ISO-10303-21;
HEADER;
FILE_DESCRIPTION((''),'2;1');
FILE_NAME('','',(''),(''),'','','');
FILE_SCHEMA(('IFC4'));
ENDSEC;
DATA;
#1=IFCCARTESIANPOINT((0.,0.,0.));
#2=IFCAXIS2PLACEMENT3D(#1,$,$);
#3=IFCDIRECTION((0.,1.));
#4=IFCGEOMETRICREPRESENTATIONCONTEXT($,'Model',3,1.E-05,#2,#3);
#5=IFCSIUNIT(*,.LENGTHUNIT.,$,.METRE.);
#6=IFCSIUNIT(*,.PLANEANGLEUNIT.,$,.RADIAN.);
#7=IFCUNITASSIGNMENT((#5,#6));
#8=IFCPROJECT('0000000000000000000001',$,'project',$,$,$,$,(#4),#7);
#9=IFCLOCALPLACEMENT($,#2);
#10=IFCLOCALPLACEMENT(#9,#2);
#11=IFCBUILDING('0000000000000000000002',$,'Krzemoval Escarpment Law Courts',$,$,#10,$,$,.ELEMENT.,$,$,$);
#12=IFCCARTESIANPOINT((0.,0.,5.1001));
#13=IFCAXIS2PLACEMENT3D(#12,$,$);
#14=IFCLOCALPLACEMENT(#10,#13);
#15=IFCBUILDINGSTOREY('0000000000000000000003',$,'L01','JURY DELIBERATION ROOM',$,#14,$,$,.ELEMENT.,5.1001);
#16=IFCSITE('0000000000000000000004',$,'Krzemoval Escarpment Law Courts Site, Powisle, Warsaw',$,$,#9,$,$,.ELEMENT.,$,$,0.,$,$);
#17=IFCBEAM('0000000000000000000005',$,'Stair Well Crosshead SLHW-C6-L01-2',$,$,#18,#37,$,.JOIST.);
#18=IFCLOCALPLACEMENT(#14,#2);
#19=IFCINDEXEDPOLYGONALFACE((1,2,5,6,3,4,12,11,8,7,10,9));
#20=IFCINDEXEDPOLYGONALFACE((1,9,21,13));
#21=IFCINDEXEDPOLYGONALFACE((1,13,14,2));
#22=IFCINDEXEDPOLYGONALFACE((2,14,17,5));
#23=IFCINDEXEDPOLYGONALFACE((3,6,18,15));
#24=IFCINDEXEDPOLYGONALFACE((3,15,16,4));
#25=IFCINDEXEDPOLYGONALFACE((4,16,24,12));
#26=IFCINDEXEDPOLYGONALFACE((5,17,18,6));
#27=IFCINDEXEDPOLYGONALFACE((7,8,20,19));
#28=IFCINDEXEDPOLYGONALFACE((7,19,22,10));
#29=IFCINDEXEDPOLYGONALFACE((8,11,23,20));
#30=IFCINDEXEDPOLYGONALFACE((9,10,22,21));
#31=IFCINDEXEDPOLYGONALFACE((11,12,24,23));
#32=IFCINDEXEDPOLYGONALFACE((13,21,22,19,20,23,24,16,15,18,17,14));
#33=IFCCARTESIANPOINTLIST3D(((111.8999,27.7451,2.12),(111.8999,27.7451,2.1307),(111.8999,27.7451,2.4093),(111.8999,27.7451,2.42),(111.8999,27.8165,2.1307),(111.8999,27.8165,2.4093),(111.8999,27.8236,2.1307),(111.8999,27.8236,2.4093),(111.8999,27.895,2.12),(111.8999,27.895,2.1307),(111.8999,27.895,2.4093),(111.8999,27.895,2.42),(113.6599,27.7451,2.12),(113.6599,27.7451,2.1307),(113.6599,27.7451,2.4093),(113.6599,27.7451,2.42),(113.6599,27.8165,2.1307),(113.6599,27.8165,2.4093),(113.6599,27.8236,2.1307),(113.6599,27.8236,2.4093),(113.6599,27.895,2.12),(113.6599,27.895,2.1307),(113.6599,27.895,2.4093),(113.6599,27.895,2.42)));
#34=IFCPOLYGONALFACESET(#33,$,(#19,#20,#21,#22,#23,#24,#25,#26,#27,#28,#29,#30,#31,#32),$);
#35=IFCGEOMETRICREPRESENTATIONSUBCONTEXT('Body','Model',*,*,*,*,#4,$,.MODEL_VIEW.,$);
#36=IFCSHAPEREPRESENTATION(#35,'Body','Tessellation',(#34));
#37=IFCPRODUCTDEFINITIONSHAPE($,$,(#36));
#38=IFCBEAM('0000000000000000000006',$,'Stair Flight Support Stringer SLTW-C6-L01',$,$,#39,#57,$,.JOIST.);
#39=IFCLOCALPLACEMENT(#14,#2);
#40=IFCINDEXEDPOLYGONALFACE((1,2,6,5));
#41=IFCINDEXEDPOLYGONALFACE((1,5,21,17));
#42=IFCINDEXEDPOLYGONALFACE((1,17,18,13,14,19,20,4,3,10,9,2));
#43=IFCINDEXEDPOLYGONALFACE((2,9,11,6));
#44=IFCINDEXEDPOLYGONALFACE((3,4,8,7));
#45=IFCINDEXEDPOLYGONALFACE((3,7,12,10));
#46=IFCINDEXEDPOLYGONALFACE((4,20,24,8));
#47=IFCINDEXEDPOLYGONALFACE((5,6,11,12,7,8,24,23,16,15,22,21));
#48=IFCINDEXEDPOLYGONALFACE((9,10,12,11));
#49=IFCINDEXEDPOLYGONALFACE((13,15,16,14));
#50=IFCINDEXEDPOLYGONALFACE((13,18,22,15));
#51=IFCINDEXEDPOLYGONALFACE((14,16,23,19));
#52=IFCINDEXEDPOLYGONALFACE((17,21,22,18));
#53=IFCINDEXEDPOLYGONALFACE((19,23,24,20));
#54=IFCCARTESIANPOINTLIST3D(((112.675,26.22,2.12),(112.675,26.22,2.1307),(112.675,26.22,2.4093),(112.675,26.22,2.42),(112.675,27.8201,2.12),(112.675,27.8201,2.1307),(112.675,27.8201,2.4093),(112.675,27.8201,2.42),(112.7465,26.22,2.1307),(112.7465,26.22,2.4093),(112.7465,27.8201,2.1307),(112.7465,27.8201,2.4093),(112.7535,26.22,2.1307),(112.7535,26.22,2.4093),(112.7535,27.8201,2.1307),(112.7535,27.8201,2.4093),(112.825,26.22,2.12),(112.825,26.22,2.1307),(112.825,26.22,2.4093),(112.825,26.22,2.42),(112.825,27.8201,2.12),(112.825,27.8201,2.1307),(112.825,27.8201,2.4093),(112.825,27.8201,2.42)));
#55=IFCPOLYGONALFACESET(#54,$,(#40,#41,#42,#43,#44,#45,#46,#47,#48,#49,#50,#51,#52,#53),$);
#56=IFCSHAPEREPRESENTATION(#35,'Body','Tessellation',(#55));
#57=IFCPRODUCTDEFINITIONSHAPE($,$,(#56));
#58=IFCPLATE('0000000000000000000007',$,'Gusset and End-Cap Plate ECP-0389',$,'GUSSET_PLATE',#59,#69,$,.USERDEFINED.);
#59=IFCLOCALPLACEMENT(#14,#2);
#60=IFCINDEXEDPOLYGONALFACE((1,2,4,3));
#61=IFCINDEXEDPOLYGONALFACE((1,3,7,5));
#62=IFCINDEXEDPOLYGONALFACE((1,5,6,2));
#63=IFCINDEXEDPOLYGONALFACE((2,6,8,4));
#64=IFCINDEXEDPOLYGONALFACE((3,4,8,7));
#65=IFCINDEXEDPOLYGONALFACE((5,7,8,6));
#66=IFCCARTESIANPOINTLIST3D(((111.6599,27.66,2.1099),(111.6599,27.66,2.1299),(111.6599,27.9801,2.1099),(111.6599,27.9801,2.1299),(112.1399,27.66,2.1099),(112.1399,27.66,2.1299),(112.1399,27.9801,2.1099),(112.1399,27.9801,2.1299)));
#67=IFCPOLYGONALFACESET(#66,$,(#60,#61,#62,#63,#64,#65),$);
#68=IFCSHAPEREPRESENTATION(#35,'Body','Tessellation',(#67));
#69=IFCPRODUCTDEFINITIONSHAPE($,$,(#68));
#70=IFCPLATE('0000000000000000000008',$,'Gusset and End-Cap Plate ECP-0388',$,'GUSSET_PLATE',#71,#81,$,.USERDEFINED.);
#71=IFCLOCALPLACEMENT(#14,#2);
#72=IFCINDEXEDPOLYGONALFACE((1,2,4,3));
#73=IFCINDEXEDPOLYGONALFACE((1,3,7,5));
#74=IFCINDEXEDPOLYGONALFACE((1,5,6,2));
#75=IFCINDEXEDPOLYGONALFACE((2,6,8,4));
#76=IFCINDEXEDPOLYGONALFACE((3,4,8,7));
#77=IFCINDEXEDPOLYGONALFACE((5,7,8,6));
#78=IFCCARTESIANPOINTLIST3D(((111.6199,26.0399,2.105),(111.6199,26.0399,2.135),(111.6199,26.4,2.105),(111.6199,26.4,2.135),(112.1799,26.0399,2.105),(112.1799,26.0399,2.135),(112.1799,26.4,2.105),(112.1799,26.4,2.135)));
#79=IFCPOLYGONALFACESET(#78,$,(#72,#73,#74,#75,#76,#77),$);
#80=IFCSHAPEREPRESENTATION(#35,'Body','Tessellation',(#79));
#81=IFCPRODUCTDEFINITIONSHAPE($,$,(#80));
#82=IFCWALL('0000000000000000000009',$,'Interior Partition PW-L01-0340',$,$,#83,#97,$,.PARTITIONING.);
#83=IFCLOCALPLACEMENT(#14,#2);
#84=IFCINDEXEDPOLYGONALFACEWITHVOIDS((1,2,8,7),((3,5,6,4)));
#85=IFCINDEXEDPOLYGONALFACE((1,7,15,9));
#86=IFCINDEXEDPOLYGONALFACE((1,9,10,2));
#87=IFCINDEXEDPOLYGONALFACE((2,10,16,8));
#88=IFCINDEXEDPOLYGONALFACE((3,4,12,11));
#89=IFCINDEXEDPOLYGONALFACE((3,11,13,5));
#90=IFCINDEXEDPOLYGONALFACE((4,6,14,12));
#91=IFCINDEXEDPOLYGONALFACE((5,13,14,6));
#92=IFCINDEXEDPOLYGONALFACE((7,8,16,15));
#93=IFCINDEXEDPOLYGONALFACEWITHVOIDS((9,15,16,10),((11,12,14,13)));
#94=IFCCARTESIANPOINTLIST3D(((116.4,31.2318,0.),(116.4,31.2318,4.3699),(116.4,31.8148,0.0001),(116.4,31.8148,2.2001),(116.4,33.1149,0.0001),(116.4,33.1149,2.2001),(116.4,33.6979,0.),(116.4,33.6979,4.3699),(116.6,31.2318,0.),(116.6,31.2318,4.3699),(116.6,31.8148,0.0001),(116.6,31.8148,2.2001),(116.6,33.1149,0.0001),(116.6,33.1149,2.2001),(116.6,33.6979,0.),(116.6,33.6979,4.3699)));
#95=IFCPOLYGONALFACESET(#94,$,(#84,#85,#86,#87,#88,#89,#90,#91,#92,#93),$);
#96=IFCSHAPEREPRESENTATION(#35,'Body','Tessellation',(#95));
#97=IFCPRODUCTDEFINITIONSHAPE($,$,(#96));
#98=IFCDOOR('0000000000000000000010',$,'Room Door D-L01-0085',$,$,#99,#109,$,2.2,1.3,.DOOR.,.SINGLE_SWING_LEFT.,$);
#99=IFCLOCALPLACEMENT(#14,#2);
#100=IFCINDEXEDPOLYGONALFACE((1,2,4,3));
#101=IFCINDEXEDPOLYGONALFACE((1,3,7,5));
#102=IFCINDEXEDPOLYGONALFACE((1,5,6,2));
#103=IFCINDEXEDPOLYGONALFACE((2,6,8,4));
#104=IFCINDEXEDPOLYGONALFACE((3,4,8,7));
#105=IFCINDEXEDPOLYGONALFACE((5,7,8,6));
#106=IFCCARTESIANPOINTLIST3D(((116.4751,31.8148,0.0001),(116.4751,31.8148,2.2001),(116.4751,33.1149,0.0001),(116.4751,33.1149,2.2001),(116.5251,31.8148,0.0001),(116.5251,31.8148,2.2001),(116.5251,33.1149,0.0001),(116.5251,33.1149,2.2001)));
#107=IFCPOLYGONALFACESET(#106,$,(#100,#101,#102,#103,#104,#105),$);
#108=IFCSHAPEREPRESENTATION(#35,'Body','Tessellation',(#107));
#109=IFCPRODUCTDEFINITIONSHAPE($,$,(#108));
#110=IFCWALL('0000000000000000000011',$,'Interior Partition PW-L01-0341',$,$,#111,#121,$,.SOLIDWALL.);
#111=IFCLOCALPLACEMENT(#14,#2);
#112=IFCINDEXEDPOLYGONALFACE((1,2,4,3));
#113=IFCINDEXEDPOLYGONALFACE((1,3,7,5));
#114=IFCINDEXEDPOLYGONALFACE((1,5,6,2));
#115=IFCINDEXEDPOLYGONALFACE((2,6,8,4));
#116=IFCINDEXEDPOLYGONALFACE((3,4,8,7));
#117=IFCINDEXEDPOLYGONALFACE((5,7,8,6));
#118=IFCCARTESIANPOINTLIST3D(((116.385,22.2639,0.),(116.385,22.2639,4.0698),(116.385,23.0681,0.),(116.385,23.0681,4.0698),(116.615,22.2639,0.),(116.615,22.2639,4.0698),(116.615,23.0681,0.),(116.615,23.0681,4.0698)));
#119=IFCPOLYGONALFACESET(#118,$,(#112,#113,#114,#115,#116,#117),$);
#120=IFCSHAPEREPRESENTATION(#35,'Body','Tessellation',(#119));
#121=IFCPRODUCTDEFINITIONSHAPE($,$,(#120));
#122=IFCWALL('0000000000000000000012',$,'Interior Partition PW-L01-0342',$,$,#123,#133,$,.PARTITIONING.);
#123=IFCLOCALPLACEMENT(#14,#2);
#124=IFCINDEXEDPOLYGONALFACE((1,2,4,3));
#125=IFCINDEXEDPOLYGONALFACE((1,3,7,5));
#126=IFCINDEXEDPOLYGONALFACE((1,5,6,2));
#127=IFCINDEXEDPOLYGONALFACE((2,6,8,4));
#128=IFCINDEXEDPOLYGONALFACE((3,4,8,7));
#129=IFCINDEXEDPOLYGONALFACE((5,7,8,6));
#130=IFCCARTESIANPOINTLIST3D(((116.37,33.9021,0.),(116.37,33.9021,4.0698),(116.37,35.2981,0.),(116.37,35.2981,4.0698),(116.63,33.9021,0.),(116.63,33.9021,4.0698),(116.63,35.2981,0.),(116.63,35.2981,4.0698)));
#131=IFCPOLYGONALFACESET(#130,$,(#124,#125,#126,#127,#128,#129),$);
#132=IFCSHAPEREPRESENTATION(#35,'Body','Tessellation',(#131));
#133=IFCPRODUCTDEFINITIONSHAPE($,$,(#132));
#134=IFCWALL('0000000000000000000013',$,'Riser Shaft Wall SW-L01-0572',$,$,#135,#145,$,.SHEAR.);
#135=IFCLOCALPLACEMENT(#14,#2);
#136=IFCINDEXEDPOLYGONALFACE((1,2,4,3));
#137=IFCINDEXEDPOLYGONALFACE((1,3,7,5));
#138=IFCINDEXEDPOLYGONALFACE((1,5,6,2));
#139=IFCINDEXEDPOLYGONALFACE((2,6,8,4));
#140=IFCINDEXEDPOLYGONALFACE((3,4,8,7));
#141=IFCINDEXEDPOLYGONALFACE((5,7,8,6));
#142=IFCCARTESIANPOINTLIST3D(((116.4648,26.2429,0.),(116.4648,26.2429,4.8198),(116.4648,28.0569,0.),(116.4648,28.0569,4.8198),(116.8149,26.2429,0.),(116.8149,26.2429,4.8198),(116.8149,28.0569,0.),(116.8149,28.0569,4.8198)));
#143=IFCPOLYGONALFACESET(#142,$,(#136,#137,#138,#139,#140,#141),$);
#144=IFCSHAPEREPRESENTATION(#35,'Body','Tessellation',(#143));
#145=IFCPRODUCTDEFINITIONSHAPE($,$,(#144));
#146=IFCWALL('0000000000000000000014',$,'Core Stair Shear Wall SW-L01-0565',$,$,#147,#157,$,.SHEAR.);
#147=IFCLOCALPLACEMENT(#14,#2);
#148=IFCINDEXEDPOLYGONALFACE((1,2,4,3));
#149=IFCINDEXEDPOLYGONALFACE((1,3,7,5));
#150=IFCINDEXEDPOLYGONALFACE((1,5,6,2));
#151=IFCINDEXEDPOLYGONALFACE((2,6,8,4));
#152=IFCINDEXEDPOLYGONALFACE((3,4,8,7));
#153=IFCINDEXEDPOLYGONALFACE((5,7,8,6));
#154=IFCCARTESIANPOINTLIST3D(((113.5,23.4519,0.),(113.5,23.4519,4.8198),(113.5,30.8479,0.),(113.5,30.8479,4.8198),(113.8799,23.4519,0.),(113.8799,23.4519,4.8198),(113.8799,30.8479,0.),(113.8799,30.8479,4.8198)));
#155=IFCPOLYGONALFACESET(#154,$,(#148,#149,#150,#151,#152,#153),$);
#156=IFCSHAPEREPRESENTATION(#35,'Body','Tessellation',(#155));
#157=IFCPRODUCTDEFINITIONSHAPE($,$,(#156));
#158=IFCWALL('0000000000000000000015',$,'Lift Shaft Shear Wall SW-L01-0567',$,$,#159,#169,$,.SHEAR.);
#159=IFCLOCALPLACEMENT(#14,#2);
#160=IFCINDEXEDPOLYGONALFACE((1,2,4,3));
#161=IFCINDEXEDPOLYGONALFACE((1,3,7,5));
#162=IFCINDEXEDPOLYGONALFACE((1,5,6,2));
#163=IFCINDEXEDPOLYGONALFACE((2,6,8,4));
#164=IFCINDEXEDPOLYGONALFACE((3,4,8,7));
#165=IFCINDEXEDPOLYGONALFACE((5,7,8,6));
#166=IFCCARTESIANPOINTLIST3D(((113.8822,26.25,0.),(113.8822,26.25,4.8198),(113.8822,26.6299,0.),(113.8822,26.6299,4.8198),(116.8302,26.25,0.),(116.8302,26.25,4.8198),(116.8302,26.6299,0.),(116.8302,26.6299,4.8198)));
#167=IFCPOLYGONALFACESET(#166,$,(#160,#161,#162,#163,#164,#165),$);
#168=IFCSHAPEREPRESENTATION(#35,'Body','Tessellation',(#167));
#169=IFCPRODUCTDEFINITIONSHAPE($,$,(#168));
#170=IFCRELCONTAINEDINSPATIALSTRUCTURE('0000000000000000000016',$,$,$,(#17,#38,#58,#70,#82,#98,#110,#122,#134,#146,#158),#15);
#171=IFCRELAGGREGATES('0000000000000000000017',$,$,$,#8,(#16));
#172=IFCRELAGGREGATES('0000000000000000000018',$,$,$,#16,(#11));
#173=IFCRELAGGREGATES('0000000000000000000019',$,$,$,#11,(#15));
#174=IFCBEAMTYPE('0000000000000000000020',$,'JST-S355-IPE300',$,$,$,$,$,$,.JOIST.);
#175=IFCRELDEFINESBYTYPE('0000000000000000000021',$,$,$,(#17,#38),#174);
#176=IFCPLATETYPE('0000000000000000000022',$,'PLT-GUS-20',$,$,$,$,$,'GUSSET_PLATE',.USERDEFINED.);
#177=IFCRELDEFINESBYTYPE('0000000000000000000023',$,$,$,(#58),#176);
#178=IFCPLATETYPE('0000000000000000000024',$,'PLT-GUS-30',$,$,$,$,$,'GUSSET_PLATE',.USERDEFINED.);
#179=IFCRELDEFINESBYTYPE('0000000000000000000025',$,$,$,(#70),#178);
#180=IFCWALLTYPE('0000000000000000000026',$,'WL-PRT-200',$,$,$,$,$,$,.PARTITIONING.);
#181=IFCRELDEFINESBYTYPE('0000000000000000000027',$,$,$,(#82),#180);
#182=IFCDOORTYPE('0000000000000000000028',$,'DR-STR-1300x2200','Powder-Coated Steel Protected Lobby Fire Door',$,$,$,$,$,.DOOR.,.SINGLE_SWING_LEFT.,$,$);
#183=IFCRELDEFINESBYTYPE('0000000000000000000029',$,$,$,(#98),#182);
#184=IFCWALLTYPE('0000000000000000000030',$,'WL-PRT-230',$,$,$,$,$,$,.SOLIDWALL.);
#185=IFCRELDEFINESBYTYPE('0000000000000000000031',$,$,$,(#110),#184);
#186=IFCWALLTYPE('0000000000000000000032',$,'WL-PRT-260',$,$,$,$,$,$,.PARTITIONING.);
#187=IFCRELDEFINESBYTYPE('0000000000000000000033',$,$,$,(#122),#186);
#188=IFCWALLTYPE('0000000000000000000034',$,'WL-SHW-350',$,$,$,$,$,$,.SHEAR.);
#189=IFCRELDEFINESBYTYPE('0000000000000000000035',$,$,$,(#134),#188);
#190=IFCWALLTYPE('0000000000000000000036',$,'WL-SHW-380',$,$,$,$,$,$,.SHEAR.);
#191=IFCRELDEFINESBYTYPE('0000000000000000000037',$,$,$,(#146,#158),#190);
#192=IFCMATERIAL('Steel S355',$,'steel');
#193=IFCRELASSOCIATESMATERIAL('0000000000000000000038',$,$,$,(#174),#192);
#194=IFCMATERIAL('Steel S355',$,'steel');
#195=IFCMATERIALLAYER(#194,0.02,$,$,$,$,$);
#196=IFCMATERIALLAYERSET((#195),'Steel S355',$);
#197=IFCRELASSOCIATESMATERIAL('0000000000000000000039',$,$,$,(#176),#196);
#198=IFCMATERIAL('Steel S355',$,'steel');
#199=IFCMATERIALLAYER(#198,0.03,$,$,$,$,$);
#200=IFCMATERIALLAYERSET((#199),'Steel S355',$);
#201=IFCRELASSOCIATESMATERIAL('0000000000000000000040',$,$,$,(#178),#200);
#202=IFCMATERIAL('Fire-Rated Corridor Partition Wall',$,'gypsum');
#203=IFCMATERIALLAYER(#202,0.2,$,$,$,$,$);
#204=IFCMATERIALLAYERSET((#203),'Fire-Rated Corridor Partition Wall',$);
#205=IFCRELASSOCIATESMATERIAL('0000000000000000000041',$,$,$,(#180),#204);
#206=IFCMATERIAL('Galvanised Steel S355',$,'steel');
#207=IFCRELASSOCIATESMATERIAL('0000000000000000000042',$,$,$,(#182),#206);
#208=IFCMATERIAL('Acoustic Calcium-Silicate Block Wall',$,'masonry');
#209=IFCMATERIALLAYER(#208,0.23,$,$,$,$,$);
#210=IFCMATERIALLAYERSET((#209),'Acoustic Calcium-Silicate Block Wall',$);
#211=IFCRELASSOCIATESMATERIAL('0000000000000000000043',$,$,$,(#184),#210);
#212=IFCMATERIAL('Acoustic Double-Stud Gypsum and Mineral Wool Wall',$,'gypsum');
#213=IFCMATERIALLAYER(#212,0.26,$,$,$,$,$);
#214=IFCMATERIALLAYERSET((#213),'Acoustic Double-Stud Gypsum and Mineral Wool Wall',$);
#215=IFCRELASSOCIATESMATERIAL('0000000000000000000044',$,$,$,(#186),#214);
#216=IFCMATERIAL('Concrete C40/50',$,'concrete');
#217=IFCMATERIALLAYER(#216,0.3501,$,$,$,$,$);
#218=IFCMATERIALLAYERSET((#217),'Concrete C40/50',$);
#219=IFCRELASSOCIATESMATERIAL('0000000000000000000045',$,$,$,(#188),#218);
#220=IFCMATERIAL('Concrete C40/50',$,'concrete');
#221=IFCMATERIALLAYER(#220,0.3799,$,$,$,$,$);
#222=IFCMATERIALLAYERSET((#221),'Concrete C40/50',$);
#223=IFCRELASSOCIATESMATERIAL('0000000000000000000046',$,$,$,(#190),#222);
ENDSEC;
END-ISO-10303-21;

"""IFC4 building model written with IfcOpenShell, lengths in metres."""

from ifc_helpers import new_model, si_unit, direction, frame, frame_2d, origin, origin_2d, place, context, subcontext, project, spatial, rectangle, i_section, extrude, material, layer, layer_set, material_profile, profile_set, type_object, element, fill, save


model = new_model("IFC4")

# Units and contexts
model_context = context("Model", 3, precision=1e-05, world=origin(), true_north=direction((0.0, 1.0)))
body_context = subcontext(model_context, "Body", "Model", "MODEL_VIEW")
ifc_project = project(units=[si_unit("LENGTHUNIT", "METRE"), si_unit("PLANEANGLEUNIT", "RADIAN")], contexts=[model_context])

# Site, building, storey
site_placement = place(None, origin())
site = spatial("IfcSite", under=ifc_project, at=site_placement, Name="Krzemoval Escarpment Law Courts Site, Powisle, Warsaw", CompositionType="ELEMENT", RefElevation=0.0)
building_placement = place(site_placement, origin())
building = spatial("IfcBuilding", under=site, at=building_placement, Name="Krzemoval Escarpment Law Courts", CompositionType="ELEMENT")
storey_placement = place(building_placement, frame((0.0, 0.0, 5.1001)))
storey = spatial("IfcBuildingStorey", under=building, at=storey_placement, Name="L01", Description="JURY DELIBERATION ROOM", CompositionType="ELEMENT", Elevation=5.1001)

# Beams
ifc_material_1 = material(Name="Steel S355", Category="steel")
ifc_material_profile_1 = material_profile(ifc_material_1, i_section(OverallWidth=0.1499, OverallDepth=0.3, WebThickness=0.0071, FlangeThickness=0.0107, at=origin_2d()), Name="IPE 300")
ifc_profile_set_1 = profile_set([ifc_material_profile_1], Name="Steel S355")
beam_type_1 = type_object("IfcBeamType", Name="JST-S355-IPE300", PredefinedType="JOIST", material=ifc_profile_set_1)
for number, where, z_axis, x_axis, name in (
    (1, (111.8999, 27.8201, 2.27), (1.0, 0.0, 0.0), (0.0, 1.0, 0.0), "Stair Well Crosshead SLHW-C6-L01-2"),
):
    element("IfcBeam", number, at=place(storey_placement, frame(where, z_axis=z_axis, x_axis=x_axis)), inside=storey, type_object=beam_type_1, Name=name, PredefinedType="JOIST", context=body_context, shape_type="SweptSolid", body=[
        extrude(i_section(OverallWidth=0.1499, OverallDepth=0.3, WebThickness=0.0071, FlangeThickness=0.0107, at=origin_2d()), origin(), (0.0, 0.0, 1.0), 1.76),
    ])
beam_1_placement = place(storey_placement, frame((112.75, 26.22, 2.27), z_axis=(0.0, 1.0, 0.0), x_axis=(-1.0, 0.0, 0.0)))
element("IfcBeam", 2, at=beam_1_placement, inside=storey, type_object=beam_type_1, Name="Stair Flight Support Stringer SLTW-C6-L01", PredefinedType="JOIST", context=body_context, shape_type="SweptSolid", body=[
    extrude(i_section(OverallWidth=0.1499, OverallDepth=0.3, WebThickness=0.0071, FlangeThickness=0.0107, at=origin_2d()), origin(), (0.0, 0.0, 1.0), 1.6001),
])

# Plates
ifc_material_2 = material(Name="Steel S355", Category="steel")
ifc_layer_1 = layer(ifc_material_2, 0.02)
ifc_layer_set_1 = layer_set([ifc_layer_1], Name="Steel S355")
plate_type_1 = type_object("IfcPlateType", Name="PLT-GUS-20", ElementType="GUSSET_PLATE", PredefinedType="USERDEFINED", material=ifc_layer_set_1)
plate_1_placement = place(storey_placement, frame((111.8999, 27.8201, 2.1099), z_axis=(0.0, 0.0, 1.0), x_axis=(1.0, 0.0, 0.0)))
element("IfcPlate", 3, at=plate_1_placement, inside=storey, type_object=plate_type_1, Name="Gusset and End-Cap Plate ECP-0389", ObjectType="GUSSET_PLATE", PredefinedType="USERDEFINED", context=body_context, shape_type="SweptSolid", body=[
    extrude(rectangle(XDim=0.48, YDim=0.3201, at=origin_2d()), origin(), (0.0, 0.0, 1.0), 0.02),
])
ifc_material_3 = material(Name="Steel S355", Category="steel")
ifc_layer_2 = layer(ifc_material_3, 0.03)
ifc_layer_set_2 = layer_set([ifc_layer_2], Name="Steel S355")
plate_type_2 = type_object("IfcPlateType", Name="PLT-GUS-30", ElementType="GUSSET_PLATE", PredefinedType="USERDEFINED", material=ifc_layer_set_2)
plate_2_placement = place(storey_placement, frame((111.8999, 26.22, 2.105), z_axis=(0.0, 0.0, 1.0), x_axis=(1.0, 0.0, 0.0)))
element("IfcPlate", 4, at=plate_2_placement, inside=storey, type_object=plate_type_2, Name="Gusset and End-Cap Plate ECP-0388", ObjectType="GUSSET_PLATE", PredefinedType="USERDEFINED", context=body_context, shape_type="SweptSolid", body=[
    extrude(rectangle(XDim=0.5601, YDim=0.3601, at=origin_2d()), origin(), (0.0, 0.0, 1.0), 0.03),
])

# Wall, opening, door
ifc_material_4 = material(Name="Fire-Rated Corridor Partition Wall", Category="gypsum")
ifc_layer_3 = layer(ifc_material_4, 0.2)
ifc_layer_set_3 = layer_set([ifc_layer_3], Name="Fire-Rated Corridor Partition Wall")
wall_type_1 = type_object("IfcWallType", Name="WL-PRT-200", PredefinedType="PARTITIONING", material=ifc_layer_set_3)
wall_1_placement = place(storey_placement, frame((116.5, 31.2319, 0.0), z_axis=(0.0, 0.0, 1.0), x_axis=(0.0, 1.0, 0.0)))
wall_1 = element("IfcWall", 5, at=wall_1_placement, inside=storey, type_object=wall_type_1, Name="Interior Partition PW-L01-0340", PredefinedType="PARTITIONING", context=body_context, shape_type="SweptSolid", body=[
    extrude(rectangle(XDim=2.4661, YDim=0.2, at=frame_2d((1.2329, 0.0))), origin(), (0.0, 0.0, 1.0), 4.3699),
])
opening_1_placement = place(wall_1_placement, frame((0.583, 0.0, 0.0)))
opening_1 = element("IfcOpeningElement", 6, at=opening_1_placement, cuts=wall_1, PredefinedType="OPENING", context=body_context, shape_type="SweptSolid", body=[
    extrude(rectangle(XDim=1.3, YDim=2.2, at=frame_2d((0.6499, 1.1001))), frame((0.0, 0.115, 0.0), z_axis=(0.0, -1.0, 0.0), x_axis=(1.0, 0.0, 0.0)), (0.0, 0.0, 1.0), 0.2299),
])
ifc_material_5 = material(Name="Galvanised Steel S355", Category="steel")
door_type_1 = type_object("IfcDoorType", Name="DR-STR-1300x2200", Description="Powder-Coated Steel Protected Lobby Fire Door", OperationType="SINGLE_SWING_LEFT", PredefinedType="DOOR", material=ifc_material_5)
door_1_placement = place(opening_1_placement, origin())
door_1 = element("IfcDoor", 7, at=door_1_placement, inside=storey, type_object=door_type_1, Name="Room Door D-L01-0085", OperationType="SINGLE_SWING_LEFT", OverallHeight=2.2, OverallWidth=1.3, PredefinedType="DOOR", context=body_context, shape_type="SweptSolid", body=[
    extrude(rectangle(XDim=1.3, YDim=2.2, at=frame_2d((0.6499, 1.1001))), frame((0.0, 0.0249, 0.0), z_axis=(0.0, -1.0, 0.0), x_axis=(1.0, 0.0, 0.0)), (0.0, 0.0, 1.0), 0.05),
])
fill(opening_1, door_1)

# Walls
ifc_material_6 = material(Name="Acoustic Calcium-Silicate Block Wall", Category="masonry")
ifc_layer_4 = layer(ifc_material_6, 0.23)
ifc_layer_set_4 = layer_set([ifc_layer_4], Name="Acoustic Calcium-Silicate Block Wall")
wall_type_2 = type_object("IfcWallType", Name="WL-PRT-230", PredefinedType="SOLIDWALL", material=ifc_layer_set_4)
wall_2_placement = place(storey_placement, frame((116.5, 22.2639, 0.0), z_axis=(0.0, 0.0, 1.0), x_axis=(0.0, 1.0, 0.0)))
element("IfcWall", 8, at=wall_2_placement, inside=storey, type_object=wall_type_2, Name="Interior Partition PW-L01-0341", PredefinedType="SOLIDWALL", context=body_context, shape_type="SweptSolid", body=[
    extrude(rectangle(XDim=0.8042, YDim=0.23, at=frame_2d((0.4021, 0.0))), origin(), (0.0, 0.0, 1.0), 4.0698),
])
ifc_material_7 = material(Name="Acoustic Double-Stud Gypsum and Mineral Wool Wall", Category="gypsum")
ifc_layer_5 = layer(ifc_material_7, 0.26)
ifc_layer_set_5 = layer_set([ifc_layer_5], Name="Acoustic Double-Stud Gypsum and Mineral Wool Wall")
wall_type_3 = type_object("IfcWallType", Name="WL-PRT-260", PredefinedType="PARTITIONING", material=ifc_layer_set_5)
wall_3_placement = place(storey_placement, frame((116.5, 33.9021, 0.0), z_axis=(0.0, 0.0, 1.0), x_axis=(0.0, 1.0, 0.0)))
element("IfcWall", 9, at=wall_3_placement, inside=storey, type_object=wall_type_3, Name="Interior Partition PW-L01-0342", PredefinedType="PARTITIONING", context=body_context, shape_type="SweptSolid", body=[
    extrude(rectangle(XDim=1.396, YDim=0.26, at=frame_2d((0.698, 0.0))), origin(), (0.0, 0.0, 1.0), 4.0698),
])
ifc_material_8 = material(Name="Concrete C40/50", Category="concrete")
ifc_layer_6 = layer(ifc_material_8, 0.3501)
ifc_layer_set_6 = layer_set([ifc_layer_6], Name="Concrete C40/50")
wall_type_4 = type_object("IfcWallType", Name="WL-SHW-350", PredefinedType="SHEAR", material=ifc_layer_set_6)
wall_4_placement = place(storey_placement, frame((116.6399, 26.2429, 0.0), z_axis=(0.0, 0.0, 1.0), x_axis=(0.0, 1.0, 0.0)))
element("IfcWall", 10, at=wall_4_placement, inside=storey, type_object=wall_type_4, Name="Riser Shaft Wall SW-L01-0572", PredefinedType="SHEAR", context=body_context, shape_type="SweptSolid", body=[
    extrude(rectangle(XDim=1.814, YDim=0.3501, at=frame_2d((0.907, 0.0))), origin(), (0.0, 0.0, 1.0), 4.8198),
])
ifc_material_9 = material(Name="Concrete C40/50", Category="concrete")
ifc_layer_7 = layer(ifc_material_9, 0.3799)
ifc_layer_set_7 = layer_set([ifc_layer_7], Name="Concrete C40/50")
wall_type_5 = type_object("IfcWallType", Name="WL-SHW-380", PredefinedType="SHEAR", material=ifc_layer_set_7)
wall_5_placement = place(storey_placement, frame((113.6899, 23.4519, 0.0), z_axis=(0.0, 0.0, 1.0), x_axis=(0.0, 1.0, 0.0)))
element("IfcWall", 11, at=wall_5_placement, inside=storey, type_object=wall_type_5, Name="Core Stair Shear Wall SW-L01-0565", PredefinedType="SHEAR", context=body_context, shape_type="SweptSolid", body=[
    extrude(rectangle(XDim=7.396, YDim=0.3799, at=frame_2d((3.698, 0.0))), origin(), (0.0, 0.0, 1.0), 4.8198),
])

# Wall
wall_6_placement = place(storey_placement, frame((113.8821, 26.4399, 0.0), z_axis=(0.0, 0.0, 1.0), x_axis=(1.0, 0.0, 0.0)))
element("IfcWall", 12, at=wall_6_placement, inside=storey, type_object=wall_type_5, Name="Lift Shaft Shear Wall SW-L01-0567", PredefinedType="SHEAR", context=body_context, shape_type="SweptSolid", body=[
    extrude(rectangle(XDim=2.948, YDim=0.3799, at=frame_2d((1.4741, 0.0))), origin(), (0.0, 0.0, 1.0), 4.8198),
])

save(model, "model.ifc")
